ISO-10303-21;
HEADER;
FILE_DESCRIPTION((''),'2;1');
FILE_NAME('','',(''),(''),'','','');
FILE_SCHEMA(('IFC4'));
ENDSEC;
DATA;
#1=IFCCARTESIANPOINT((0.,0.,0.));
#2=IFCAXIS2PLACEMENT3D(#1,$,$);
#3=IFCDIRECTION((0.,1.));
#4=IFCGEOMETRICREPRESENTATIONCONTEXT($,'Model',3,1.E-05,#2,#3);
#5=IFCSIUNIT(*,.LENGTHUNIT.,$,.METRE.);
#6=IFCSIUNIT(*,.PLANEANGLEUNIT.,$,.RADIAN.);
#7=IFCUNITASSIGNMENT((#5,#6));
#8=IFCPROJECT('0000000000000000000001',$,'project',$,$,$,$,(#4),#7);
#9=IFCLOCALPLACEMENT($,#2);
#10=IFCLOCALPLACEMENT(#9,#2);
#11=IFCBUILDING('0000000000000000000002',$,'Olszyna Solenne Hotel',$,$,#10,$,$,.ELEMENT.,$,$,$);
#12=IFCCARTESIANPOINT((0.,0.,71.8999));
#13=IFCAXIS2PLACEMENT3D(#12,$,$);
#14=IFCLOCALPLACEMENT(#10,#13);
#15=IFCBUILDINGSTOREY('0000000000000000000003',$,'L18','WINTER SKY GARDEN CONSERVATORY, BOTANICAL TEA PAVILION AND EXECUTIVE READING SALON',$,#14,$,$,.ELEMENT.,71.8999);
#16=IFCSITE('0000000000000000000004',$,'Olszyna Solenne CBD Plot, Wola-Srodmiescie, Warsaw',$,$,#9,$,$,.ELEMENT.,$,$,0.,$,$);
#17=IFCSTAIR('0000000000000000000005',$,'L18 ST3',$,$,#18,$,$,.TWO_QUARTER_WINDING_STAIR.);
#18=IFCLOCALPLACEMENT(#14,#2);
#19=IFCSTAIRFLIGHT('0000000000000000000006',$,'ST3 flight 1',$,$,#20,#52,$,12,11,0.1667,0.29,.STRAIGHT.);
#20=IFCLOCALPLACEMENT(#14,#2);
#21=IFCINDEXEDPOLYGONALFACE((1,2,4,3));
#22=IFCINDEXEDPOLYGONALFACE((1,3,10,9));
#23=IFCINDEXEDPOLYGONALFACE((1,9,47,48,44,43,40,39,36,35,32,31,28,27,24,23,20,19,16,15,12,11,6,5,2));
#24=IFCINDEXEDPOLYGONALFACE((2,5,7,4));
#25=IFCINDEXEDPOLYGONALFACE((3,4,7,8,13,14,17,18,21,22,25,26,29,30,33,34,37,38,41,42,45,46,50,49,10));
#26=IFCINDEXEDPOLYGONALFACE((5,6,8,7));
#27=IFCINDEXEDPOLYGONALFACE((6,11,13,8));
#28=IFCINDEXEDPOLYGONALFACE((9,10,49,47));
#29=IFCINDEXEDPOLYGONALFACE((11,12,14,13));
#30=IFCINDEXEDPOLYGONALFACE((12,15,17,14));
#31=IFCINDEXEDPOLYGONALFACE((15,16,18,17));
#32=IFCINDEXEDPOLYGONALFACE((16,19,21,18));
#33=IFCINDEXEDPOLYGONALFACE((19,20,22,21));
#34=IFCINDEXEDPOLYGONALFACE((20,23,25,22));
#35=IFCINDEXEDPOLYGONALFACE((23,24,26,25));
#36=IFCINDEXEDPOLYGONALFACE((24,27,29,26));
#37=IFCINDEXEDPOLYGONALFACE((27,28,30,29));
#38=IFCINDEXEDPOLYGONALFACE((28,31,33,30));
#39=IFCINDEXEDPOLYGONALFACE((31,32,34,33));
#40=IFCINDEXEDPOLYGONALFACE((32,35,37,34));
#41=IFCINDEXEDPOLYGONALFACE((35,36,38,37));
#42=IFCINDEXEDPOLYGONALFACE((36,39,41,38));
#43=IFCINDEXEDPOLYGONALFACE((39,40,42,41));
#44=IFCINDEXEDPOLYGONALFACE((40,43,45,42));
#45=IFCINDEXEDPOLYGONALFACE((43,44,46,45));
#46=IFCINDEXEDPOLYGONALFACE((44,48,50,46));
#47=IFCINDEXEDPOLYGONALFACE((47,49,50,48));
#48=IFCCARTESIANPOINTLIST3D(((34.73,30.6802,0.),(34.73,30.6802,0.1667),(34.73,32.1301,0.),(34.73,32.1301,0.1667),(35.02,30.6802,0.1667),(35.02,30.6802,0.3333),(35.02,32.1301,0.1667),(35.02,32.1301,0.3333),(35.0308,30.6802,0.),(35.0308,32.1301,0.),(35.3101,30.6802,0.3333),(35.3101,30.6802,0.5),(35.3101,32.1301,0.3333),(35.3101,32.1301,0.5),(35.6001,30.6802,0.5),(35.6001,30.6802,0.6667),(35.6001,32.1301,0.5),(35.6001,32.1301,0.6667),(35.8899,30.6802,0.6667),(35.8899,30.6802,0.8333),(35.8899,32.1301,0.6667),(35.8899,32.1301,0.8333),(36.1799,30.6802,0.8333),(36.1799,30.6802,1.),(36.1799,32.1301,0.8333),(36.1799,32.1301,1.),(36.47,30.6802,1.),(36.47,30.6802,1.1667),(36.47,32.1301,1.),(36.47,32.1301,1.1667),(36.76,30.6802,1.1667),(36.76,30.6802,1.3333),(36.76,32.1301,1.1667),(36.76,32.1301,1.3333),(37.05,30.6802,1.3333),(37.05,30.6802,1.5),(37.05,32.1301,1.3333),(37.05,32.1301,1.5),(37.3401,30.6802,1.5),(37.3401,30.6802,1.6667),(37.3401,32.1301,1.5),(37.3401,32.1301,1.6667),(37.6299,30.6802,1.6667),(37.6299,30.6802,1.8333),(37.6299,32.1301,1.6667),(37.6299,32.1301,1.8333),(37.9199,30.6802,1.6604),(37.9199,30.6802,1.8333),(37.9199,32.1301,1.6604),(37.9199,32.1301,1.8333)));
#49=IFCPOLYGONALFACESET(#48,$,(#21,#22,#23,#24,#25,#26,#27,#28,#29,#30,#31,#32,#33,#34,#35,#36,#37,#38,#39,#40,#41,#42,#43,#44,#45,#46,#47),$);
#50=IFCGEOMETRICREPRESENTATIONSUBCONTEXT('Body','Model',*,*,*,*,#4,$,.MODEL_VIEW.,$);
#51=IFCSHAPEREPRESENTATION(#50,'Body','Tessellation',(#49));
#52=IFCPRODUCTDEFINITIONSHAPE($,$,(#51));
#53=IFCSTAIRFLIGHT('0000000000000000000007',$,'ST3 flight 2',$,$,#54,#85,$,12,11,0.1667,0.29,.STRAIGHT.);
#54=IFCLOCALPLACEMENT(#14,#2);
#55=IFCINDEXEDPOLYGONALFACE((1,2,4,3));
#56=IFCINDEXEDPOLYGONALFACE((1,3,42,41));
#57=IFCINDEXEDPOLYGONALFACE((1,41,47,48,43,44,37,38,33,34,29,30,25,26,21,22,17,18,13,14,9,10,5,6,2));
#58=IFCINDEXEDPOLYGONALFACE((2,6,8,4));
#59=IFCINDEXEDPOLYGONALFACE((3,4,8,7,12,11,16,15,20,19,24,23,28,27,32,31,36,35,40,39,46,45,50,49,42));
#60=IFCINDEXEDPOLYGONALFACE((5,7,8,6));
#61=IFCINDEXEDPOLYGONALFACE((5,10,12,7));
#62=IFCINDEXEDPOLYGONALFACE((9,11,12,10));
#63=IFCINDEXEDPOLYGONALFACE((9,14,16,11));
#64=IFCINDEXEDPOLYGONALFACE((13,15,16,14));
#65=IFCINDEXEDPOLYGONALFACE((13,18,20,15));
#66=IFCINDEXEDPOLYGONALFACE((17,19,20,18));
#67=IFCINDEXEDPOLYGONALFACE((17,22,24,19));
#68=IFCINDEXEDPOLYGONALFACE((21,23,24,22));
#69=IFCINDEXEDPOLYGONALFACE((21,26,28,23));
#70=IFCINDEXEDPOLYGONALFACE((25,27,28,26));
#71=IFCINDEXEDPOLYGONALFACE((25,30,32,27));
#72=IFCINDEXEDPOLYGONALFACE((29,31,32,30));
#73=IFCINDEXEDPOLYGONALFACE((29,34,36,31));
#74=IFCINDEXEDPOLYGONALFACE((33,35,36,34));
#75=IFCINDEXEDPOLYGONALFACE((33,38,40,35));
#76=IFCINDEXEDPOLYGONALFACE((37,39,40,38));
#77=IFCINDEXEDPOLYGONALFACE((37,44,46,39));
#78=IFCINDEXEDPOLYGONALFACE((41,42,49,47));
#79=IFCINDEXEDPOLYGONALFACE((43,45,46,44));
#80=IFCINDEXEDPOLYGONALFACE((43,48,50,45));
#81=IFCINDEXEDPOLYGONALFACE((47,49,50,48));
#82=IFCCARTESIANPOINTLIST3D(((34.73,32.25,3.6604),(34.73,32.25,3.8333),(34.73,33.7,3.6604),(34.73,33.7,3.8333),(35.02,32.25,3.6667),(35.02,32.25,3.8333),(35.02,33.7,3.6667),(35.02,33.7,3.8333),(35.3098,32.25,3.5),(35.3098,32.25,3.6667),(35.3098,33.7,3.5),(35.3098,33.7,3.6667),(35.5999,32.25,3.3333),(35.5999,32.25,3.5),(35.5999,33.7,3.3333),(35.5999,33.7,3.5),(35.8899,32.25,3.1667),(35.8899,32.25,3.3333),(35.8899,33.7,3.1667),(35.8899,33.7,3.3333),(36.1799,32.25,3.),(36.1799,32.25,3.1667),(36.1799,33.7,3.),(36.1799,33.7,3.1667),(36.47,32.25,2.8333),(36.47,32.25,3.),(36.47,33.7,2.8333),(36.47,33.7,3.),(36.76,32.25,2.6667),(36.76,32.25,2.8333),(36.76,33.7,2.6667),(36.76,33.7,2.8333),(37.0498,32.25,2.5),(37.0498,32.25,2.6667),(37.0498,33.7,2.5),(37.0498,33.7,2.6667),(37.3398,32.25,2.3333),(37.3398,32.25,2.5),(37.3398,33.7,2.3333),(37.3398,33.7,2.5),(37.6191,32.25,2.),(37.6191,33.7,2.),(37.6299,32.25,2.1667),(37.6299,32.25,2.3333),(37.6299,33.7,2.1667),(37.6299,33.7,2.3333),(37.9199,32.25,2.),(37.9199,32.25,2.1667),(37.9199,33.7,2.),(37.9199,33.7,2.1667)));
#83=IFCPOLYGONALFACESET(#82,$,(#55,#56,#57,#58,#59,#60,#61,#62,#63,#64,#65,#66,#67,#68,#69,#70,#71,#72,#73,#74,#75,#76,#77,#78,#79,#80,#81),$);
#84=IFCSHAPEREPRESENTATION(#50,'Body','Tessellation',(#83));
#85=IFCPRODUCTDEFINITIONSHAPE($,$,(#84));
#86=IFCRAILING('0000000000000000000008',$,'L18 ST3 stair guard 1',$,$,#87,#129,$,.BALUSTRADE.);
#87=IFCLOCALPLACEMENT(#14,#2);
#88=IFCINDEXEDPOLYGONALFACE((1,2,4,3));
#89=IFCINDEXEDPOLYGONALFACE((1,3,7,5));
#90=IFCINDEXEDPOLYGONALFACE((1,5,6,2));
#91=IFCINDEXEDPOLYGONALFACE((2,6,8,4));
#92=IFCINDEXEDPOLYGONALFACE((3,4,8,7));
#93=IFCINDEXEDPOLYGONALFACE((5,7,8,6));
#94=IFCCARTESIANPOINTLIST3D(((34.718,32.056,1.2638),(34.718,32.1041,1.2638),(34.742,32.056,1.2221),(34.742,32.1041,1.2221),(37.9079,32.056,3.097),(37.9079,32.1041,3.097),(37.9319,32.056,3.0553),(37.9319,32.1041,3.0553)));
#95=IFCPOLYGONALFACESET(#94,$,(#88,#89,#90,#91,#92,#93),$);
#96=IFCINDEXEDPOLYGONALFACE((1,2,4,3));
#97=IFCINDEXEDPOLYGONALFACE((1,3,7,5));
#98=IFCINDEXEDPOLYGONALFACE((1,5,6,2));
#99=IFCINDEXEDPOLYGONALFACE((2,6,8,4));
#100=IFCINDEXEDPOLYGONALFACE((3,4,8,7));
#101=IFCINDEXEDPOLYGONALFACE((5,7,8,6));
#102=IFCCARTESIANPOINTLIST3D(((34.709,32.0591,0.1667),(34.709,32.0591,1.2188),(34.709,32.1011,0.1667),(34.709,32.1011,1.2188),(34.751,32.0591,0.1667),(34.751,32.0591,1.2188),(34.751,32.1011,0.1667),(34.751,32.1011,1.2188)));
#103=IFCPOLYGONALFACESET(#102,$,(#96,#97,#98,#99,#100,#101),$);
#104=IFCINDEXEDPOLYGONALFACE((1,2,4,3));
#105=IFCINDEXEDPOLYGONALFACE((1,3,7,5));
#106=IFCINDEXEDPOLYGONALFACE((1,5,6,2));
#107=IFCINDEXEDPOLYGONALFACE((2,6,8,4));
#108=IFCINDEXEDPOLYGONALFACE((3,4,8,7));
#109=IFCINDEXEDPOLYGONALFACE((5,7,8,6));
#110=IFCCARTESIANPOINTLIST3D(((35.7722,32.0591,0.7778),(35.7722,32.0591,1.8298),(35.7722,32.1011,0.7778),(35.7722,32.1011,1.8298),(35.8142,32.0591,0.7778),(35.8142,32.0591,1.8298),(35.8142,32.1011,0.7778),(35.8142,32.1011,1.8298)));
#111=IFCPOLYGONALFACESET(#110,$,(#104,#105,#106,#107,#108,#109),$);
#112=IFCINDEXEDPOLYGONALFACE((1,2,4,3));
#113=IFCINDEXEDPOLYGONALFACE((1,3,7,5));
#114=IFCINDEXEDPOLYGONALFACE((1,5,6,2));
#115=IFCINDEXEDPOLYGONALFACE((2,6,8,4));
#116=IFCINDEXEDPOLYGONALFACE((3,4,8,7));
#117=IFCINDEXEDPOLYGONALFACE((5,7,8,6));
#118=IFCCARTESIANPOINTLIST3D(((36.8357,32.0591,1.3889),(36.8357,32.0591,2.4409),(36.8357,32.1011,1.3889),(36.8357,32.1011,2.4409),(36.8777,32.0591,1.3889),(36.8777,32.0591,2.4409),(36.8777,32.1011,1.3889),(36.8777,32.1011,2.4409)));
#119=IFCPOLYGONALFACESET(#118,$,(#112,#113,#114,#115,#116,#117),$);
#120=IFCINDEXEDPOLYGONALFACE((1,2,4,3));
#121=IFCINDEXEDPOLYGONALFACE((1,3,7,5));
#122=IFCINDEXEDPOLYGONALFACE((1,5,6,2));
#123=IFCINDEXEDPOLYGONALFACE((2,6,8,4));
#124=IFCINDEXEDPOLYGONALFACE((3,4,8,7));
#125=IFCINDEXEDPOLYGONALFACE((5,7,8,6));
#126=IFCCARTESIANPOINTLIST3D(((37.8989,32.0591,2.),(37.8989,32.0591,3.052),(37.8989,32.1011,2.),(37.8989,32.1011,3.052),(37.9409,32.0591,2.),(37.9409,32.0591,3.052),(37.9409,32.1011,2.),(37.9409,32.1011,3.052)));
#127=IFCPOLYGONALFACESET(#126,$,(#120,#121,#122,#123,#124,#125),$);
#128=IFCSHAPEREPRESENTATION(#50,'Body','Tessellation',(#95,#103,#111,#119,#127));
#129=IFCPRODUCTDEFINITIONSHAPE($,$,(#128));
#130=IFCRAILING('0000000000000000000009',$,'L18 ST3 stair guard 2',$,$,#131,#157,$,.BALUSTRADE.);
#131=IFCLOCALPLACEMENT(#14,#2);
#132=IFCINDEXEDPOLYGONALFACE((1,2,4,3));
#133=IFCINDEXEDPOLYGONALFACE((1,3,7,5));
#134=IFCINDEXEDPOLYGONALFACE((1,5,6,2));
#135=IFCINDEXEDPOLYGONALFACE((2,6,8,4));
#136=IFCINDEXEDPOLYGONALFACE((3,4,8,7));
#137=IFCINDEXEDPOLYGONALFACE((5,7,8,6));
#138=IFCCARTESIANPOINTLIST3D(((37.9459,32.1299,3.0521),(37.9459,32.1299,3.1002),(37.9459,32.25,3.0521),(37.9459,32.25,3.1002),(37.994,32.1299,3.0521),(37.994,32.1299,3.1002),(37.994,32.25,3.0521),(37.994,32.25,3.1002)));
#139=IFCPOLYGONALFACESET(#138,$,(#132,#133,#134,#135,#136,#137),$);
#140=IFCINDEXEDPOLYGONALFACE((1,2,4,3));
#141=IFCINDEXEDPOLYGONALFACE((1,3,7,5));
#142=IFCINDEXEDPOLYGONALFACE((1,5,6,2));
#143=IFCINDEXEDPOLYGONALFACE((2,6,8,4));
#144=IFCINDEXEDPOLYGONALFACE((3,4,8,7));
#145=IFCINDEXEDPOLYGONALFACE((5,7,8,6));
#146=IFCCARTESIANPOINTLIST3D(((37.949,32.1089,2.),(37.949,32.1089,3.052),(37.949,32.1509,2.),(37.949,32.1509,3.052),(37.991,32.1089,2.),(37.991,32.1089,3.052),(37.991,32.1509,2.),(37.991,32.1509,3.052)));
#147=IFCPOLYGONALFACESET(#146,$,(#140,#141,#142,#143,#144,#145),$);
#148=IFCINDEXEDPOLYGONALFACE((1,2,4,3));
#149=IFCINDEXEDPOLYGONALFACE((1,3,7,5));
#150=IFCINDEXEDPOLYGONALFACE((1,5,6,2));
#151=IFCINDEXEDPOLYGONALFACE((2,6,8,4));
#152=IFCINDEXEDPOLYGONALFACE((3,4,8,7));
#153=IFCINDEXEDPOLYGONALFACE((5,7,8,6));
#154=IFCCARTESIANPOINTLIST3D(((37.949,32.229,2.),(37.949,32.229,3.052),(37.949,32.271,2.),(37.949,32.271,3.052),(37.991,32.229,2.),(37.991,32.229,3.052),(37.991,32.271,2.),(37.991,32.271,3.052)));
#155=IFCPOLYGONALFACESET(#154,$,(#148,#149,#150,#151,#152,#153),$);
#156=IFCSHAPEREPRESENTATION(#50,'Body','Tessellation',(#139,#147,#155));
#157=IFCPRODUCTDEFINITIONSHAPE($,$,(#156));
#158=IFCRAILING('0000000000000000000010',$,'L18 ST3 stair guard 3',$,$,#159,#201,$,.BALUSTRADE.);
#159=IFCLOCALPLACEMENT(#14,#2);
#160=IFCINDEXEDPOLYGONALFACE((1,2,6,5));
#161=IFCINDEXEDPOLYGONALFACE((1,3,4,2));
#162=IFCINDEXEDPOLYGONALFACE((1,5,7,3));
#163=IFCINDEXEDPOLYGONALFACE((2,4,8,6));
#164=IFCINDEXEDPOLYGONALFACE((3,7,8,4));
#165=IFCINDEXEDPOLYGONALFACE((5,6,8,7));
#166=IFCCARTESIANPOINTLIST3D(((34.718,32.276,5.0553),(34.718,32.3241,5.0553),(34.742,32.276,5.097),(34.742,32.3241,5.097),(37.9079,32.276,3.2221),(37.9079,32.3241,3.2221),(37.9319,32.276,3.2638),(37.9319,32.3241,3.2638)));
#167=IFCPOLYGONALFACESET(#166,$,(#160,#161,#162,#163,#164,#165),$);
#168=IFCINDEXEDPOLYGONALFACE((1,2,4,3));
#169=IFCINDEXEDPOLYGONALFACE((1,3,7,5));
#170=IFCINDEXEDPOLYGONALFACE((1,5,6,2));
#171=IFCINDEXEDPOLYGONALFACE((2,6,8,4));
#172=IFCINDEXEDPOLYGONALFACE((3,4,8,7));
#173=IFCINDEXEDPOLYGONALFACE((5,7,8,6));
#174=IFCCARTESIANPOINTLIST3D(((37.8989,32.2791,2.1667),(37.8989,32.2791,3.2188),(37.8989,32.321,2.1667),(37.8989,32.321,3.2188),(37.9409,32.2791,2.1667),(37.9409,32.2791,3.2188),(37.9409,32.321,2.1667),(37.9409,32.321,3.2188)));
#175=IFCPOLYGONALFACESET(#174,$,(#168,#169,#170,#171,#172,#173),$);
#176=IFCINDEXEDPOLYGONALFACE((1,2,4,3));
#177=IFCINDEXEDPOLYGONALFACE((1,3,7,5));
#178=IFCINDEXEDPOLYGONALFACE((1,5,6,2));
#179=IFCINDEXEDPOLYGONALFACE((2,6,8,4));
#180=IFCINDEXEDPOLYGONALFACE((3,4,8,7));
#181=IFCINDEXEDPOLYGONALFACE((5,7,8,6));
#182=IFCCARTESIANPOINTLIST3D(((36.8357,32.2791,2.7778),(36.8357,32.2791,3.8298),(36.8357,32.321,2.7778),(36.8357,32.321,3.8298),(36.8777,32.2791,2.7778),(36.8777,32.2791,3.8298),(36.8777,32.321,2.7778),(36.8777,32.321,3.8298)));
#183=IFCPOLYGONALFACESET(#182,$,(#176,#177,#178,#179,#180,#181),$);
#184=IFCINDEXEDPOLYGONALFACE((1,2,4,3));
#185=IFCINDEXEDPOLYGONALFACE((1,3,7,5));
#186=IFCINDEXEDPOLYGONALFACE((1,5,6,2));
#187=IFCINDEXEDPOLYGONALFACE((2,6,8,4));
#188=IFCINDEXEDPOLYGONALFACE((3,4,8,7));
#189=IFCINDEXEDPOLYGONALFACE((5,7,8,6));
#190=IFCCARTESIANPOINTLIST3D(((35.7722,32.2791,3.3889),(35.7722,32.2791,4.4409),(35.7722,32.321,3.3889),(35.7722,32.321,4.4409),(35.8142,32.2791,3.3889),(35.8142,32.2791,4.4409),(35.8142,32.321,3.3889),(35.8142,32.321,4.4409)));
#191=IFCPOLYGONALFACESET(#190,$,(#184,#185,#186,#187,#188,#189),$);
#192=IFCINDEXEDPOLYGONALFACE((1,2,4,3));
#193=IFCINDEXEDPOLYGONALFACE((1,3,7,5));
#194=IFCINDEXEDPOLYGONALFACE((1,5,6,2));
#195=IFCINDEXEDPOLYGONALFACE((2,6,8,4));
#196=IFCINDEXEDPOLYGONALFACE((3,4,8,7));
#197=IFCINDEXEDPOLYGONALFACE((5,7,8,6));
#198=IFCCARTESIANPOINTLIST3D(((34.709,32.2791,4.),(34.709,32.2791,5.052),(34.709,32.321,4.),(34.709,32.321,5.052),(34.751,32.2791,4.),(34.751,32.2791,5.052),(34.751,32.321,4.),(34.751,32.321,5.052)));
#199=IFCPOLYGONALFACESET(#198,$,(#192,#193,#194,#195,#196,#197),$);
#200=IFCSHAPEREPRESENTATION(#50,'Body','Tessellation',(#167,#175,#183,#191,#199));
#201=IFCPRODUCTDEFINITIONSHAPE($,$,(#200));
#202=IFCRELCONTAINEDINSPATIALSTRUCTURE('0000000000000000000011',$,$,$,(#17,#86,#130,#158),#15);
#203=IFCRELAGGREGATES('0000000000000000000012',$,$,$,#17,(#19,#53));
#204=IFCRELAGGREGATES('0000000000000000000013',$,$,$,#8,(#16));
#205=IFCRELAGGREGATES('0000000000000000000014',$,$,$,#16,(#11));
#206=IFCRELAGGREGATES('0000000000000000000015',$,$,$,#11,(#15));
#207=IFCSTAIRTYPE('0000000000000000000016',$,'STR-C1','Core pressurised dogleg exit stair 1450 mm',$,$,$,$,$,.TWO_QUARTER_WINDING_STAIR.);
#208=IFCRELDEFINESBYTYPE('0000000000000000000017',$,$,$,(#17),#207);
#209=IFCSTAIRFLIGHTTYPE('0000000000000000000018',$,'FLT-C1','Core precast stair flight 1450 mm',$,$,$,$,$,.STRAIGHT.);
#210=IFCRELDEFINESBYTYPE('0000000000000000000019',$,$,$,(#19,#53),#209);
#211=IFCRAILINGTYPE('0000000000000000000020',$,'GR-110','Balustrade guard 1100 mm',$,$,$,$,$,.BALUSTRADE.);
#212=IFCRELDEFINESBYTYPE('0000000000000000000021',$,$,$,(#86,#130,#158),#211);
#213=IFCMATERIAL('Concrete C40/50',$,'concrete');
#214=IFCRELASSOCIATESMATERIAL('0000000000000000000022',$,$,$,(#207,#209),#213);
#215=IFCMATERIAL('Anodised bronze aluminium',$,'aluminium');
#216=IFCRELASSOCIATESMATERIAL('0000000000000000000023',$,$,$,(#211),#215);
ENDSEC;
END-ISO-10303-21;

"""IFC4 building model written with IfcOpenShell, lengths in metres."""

from ifc_helpers import new_model, si_unit, direction, frame, origin, origin_2d, place, context, subcontext, project, spatial, polyline, rectangle, outline, extrude, material, type_object, element, aggregate, save


model = new_model("IFC4")

# Units and contexts
model_context = context("Model", 3, precision=1e-05, world=origin(), true_north=direction((0.0, 1.0)))
body_context = subcontext(model_context, "Body", "Model", "MODEL_VIEW")
ifc_project = project(units=[si_unit("LENGTHUNIT", "METRE"), si_unit("PLANEANGLEUNIT", "RADIAN")], contexts=[model_context])

# Site, building, storey
site_placement = place(None, origin())
site = spatial("IfcSite", under=ifc_project, at=site_placement, Name="Olszyna Solenne CBD Plot, Wola-Srodmiescie, Warsaw", CompositionType="ELEMENT", RefElevation=0.0)
building_placement = place(site_placement, origin())
building = spatial("IfcBuilding", under=site, at=building_placement, Name="Olszyna Solenne Hotel", CompositionType="ELEMENT")
storey_placement = place(building_placement, frame((0.0, 0.0, 71.8999)))
storey = spatial("IfcBuildingStorey", under=building, at=storey_placement, Name="L18", Description="WINTER SKY GARDEN CONSERVATORY, BOTANICAL TEA PAVILION AND EXECUTIVE READING SALON", CompositionType="ELEMENT", Elevation=71.8999)

# Stair, stair flights
ifc_material_1 = material(Name="Concrete C40/50", Category="concrete")
stair_type = type_object("IfcStairType", Name="STR-C1", Description="Core pressurised dogleg exit stair 1450 mm", PredefinedType="TWO_QUARTER_WINDING_STAIR", material=ifc_material_1)
stair_placement = place(storey_placement, origin())
stair = element("IfcStair", 1, at=stair_placement, inside=storey, type_object=stair_type, Name="L18 ST3", PredefinedType="TWO_QUARTER_WINDING_STAIR")
stair_flight_type = type_object("IfcStairFlightType", Name="FLT-C1", Description="Core precast stair flight 1450 mm", PredefinedType="STRAIGHT", material=ifc_material_1)
stair_flight_1_placement = place(storey_placement, frame((34.73, 31.405, 0.0), z_axis=(0.0, 0.0, 1.0), x_axis=(1.0, 0.0, 0.0)))
stair_flight_1 = element("IfcStairFlight", 2, at=stair_flight_1_placement, type_object=stair_flight_type, Name="ST3 flight 1", NumberOfRisers=12, NumberOfTreads=11, PredefinedType="STRAIGHT", RiserHeight=0.1667, TreadLength=0.29, context=body_context, shape_type="SweptSolid", body=[
    extrude(outline(polyline([(0.0, 0.0), (0.0, 0.1667), (0.29, 0.1667), (0.29, 0.3333), (0.5801, 0.3333), (0.5801, 0.5), (0.8701, 0.5), (0.8701, 0.6667), (1.1599, 0.6667), (1.1599, 0.8333), (1.45, 0.8333), (1.45, 1.0), (1.74, 1.0), (1.74, 1.1667), (2.03, 1.1667), (2.03, 1.3333), (2.3201, 1.3333), (2.3201, 1.5), (2.6101, 1.5), (2.6101, 1.6667), (2.8999, 1.6667), (2.8999, 1.8333), (3.1899, 1.8333), (3.1899, 2.0), (3.1899, 1.6604), (0.3008, 0.0), (0.0, 0.0)])), frame((0.0, 0.7251, 0.0), z_axis=(0.0, -1.0, 0.0), x_axis=(1.0, 0.0, 0.0)), (0.0, 0.0, 1.0), 1.45),
])
stair_flight_2_placement = place(storey_placement, frame((37.9199, 32.9751, 2.0), z_axis=(0.0, 0.0, 1.0), x_axis=(-1.0, 0.0, 0.0)))
stair_flight_2 = element("IfcStairFlight", 3, at=stair_flight_2_placement, type_object=stair_flight_type, Name="ST3 flight 2", NumberOfRisers=12, NumberOfTreads=11, PredefinedType="STRAIGHT", RiserHeight=0.1667, TreadLength=0.29, context=body_context, shape_type="SweptSolid", body=[
    extrude(outline(polyline([(0.0, 0.0), (0.0, 0.1667), (0.29, 0.1667), (0.29, 0.3333), (0.5801, 0.3333), (0.5801, 0.5), (0.8701, 0.5), (0.8701, 0.6667), (1.1599, 0.6667), (1.1599, 0.8333), (1.45, 0.8333), (1.45, 1.0), (1.74, 1.0), (1.74, 1.1667), (2.03, 1.1667), (2.03, 1.3333), (2.3201, 1.3333), (2.3201, 1.5), (2.6101, 1.5), (2.6101, 1.6667), (2.8999, 1.6667), (2.8999, 1.8333), (3.1899, 1.8333), (3.1899, 2.0), (3.1899, 1.6604), (0.3008, 0.0), (0.0, 0.0)])), frame((0.0, 0.7251, 0.0), z_axis=(0.0, -1.0, 0.0), x_axis=(1.0, 0.0, 0.0)), (0.0, 0.0, 1.0), 1.45),
])
aggregate(stair, [stair_flight_1, stair_flight_2])

# Railings
ifc_material_2 = material(Name="Anodised bronze aluminium", Category="aluminium")
railing_type_1 = type_object("IfcRailingType", Name="GR-110", Description="Balustrade guard 1100 mm", PredefinedType="BALUSTRADE", material=ifc_material_2)
railing_1_placement = place(storey_placement, frame((34.73, 32.0801, 0.1667)))
element("IfcRailing", 4, at=railing_1_placement, inside=storey, type_object=railing_type_1, Name="L18 ST3 stair guard 1", PredefinedType="BALUSTRADE", context=body_context, shape_type="SweptSolid", body=[
    extrude(rectangle(XDim=0.0481, YDim=0.0481, at=origin_2d()), frame((0.0, 0.0, 1.0762), z_axis=(0.86702, 0.0, 0.498274), x_axis=(0.0, 1.0, 0.0)), (0.0, 0.0, 1.0), 3.6792),
    extrude(rectangle(XDim=0.042, YDim=0.042, at=origin_2d()), origin(), (0.0, 0.0, 1.0), 1.052),
    extrude(rectangle(XDim=0.042, YDim=0.042, at=origin_2d()), frame((1.0632, 0.0, 0.6111)), (0.0, 0.0, 1.0), 1.052),
    extrude(rectangle(XDim=0.042, YDim=0.042, at=origin_2d()), frame((2.1267, 0.0, 1.2222)), (0.0, 0.0, 1.0), 1.052),
    extrude(rectangle(XDim=0.042, YDim=0.042, at=origin_2d()), frame((3.1899, 0.0, 1.8333)), (0.0, 0.0, 1.0), 1.052),
])
railing_2_placement = place(storey_placement, frame((37.97, 32.1299, 2.0)))
element("IfcRailing", 5, at=railing_2_placement, inside=storey, type_object=railing_type_1, Name="L18 ST3 stair guard 2", PredefinedType="BALUSTRADE", context=body_context, shape_type="SweptSolid", body=[
    extrude(rectangle(XDim=0.0481, YDim=0.0481, at=origin_2d()), frame((0.0, 0.0, 1.0762), z_axis=(0.0, 1.0, 0.0), x_axis=(-1.0, 0.0, 0.0)), (0.0, 0.0, 1.0), 0.1201),
    extrude(rectangle(XDim=0.042, YDim=0.042, at=origin_2d()), origin(), (0.0, 0.0, 1.0), 1.052),
    extrude(rectangle(XDim=0.042, YDim=0.042, at=origin_2d()), frame((0.0, 0.1201, 0.0)), (0.0, 0.0, 1.0), 1.052),
])
railing_3_placement = place(storey_placement, frame((37.9199, 32.3, 2.1667)))
element("IfcRailing", 6, at=railing_3_placement, inside=storey, type_object=railing_type_1, Name="L18 ST3 stair guard 3", PredefinedType="BALUSTRADE", context=body_context, shape_type="SweptSolid", body=[
    extrude(rectangle(XDim=0.0481, YDim=0.0481, at=origin_2d()), frame((0.0, 0.0, 1.0762), z_axis=(-0.86702, 0.0, 0.498274), x_axis=(0.0, -1.0, 0.0)), (0.0, 0.0, 1.0), 3.6792),
    extrude(rectangle(XDim=0.042, YDim=0.042, at=origin_2d()), origin(), (0.0, 0.0, 1.0), 1.052),
    extrude(rectangle(XDim=0.042, YDim=0.042, at=origin_2d()), frame((-1.0632, 0.0, 0.6111)), (0.0, 0.0, 1.0), 1.052),
    extrude(rectangle(XDim=0.042, YDim=0.042, at=origin_2d()), frame((-2.1267, 0.0, 1.2222)), (0.0, 0.0, 1.0), 1.052),
    extrude(rectangle(XDim=0.042, YDim=0.042, at=origin_2d()), frame((-3.1899, 0.0, 1.8333)), (0.0, 0.0, 1.0), 1.052),
])

save(model, "model.ifc")
